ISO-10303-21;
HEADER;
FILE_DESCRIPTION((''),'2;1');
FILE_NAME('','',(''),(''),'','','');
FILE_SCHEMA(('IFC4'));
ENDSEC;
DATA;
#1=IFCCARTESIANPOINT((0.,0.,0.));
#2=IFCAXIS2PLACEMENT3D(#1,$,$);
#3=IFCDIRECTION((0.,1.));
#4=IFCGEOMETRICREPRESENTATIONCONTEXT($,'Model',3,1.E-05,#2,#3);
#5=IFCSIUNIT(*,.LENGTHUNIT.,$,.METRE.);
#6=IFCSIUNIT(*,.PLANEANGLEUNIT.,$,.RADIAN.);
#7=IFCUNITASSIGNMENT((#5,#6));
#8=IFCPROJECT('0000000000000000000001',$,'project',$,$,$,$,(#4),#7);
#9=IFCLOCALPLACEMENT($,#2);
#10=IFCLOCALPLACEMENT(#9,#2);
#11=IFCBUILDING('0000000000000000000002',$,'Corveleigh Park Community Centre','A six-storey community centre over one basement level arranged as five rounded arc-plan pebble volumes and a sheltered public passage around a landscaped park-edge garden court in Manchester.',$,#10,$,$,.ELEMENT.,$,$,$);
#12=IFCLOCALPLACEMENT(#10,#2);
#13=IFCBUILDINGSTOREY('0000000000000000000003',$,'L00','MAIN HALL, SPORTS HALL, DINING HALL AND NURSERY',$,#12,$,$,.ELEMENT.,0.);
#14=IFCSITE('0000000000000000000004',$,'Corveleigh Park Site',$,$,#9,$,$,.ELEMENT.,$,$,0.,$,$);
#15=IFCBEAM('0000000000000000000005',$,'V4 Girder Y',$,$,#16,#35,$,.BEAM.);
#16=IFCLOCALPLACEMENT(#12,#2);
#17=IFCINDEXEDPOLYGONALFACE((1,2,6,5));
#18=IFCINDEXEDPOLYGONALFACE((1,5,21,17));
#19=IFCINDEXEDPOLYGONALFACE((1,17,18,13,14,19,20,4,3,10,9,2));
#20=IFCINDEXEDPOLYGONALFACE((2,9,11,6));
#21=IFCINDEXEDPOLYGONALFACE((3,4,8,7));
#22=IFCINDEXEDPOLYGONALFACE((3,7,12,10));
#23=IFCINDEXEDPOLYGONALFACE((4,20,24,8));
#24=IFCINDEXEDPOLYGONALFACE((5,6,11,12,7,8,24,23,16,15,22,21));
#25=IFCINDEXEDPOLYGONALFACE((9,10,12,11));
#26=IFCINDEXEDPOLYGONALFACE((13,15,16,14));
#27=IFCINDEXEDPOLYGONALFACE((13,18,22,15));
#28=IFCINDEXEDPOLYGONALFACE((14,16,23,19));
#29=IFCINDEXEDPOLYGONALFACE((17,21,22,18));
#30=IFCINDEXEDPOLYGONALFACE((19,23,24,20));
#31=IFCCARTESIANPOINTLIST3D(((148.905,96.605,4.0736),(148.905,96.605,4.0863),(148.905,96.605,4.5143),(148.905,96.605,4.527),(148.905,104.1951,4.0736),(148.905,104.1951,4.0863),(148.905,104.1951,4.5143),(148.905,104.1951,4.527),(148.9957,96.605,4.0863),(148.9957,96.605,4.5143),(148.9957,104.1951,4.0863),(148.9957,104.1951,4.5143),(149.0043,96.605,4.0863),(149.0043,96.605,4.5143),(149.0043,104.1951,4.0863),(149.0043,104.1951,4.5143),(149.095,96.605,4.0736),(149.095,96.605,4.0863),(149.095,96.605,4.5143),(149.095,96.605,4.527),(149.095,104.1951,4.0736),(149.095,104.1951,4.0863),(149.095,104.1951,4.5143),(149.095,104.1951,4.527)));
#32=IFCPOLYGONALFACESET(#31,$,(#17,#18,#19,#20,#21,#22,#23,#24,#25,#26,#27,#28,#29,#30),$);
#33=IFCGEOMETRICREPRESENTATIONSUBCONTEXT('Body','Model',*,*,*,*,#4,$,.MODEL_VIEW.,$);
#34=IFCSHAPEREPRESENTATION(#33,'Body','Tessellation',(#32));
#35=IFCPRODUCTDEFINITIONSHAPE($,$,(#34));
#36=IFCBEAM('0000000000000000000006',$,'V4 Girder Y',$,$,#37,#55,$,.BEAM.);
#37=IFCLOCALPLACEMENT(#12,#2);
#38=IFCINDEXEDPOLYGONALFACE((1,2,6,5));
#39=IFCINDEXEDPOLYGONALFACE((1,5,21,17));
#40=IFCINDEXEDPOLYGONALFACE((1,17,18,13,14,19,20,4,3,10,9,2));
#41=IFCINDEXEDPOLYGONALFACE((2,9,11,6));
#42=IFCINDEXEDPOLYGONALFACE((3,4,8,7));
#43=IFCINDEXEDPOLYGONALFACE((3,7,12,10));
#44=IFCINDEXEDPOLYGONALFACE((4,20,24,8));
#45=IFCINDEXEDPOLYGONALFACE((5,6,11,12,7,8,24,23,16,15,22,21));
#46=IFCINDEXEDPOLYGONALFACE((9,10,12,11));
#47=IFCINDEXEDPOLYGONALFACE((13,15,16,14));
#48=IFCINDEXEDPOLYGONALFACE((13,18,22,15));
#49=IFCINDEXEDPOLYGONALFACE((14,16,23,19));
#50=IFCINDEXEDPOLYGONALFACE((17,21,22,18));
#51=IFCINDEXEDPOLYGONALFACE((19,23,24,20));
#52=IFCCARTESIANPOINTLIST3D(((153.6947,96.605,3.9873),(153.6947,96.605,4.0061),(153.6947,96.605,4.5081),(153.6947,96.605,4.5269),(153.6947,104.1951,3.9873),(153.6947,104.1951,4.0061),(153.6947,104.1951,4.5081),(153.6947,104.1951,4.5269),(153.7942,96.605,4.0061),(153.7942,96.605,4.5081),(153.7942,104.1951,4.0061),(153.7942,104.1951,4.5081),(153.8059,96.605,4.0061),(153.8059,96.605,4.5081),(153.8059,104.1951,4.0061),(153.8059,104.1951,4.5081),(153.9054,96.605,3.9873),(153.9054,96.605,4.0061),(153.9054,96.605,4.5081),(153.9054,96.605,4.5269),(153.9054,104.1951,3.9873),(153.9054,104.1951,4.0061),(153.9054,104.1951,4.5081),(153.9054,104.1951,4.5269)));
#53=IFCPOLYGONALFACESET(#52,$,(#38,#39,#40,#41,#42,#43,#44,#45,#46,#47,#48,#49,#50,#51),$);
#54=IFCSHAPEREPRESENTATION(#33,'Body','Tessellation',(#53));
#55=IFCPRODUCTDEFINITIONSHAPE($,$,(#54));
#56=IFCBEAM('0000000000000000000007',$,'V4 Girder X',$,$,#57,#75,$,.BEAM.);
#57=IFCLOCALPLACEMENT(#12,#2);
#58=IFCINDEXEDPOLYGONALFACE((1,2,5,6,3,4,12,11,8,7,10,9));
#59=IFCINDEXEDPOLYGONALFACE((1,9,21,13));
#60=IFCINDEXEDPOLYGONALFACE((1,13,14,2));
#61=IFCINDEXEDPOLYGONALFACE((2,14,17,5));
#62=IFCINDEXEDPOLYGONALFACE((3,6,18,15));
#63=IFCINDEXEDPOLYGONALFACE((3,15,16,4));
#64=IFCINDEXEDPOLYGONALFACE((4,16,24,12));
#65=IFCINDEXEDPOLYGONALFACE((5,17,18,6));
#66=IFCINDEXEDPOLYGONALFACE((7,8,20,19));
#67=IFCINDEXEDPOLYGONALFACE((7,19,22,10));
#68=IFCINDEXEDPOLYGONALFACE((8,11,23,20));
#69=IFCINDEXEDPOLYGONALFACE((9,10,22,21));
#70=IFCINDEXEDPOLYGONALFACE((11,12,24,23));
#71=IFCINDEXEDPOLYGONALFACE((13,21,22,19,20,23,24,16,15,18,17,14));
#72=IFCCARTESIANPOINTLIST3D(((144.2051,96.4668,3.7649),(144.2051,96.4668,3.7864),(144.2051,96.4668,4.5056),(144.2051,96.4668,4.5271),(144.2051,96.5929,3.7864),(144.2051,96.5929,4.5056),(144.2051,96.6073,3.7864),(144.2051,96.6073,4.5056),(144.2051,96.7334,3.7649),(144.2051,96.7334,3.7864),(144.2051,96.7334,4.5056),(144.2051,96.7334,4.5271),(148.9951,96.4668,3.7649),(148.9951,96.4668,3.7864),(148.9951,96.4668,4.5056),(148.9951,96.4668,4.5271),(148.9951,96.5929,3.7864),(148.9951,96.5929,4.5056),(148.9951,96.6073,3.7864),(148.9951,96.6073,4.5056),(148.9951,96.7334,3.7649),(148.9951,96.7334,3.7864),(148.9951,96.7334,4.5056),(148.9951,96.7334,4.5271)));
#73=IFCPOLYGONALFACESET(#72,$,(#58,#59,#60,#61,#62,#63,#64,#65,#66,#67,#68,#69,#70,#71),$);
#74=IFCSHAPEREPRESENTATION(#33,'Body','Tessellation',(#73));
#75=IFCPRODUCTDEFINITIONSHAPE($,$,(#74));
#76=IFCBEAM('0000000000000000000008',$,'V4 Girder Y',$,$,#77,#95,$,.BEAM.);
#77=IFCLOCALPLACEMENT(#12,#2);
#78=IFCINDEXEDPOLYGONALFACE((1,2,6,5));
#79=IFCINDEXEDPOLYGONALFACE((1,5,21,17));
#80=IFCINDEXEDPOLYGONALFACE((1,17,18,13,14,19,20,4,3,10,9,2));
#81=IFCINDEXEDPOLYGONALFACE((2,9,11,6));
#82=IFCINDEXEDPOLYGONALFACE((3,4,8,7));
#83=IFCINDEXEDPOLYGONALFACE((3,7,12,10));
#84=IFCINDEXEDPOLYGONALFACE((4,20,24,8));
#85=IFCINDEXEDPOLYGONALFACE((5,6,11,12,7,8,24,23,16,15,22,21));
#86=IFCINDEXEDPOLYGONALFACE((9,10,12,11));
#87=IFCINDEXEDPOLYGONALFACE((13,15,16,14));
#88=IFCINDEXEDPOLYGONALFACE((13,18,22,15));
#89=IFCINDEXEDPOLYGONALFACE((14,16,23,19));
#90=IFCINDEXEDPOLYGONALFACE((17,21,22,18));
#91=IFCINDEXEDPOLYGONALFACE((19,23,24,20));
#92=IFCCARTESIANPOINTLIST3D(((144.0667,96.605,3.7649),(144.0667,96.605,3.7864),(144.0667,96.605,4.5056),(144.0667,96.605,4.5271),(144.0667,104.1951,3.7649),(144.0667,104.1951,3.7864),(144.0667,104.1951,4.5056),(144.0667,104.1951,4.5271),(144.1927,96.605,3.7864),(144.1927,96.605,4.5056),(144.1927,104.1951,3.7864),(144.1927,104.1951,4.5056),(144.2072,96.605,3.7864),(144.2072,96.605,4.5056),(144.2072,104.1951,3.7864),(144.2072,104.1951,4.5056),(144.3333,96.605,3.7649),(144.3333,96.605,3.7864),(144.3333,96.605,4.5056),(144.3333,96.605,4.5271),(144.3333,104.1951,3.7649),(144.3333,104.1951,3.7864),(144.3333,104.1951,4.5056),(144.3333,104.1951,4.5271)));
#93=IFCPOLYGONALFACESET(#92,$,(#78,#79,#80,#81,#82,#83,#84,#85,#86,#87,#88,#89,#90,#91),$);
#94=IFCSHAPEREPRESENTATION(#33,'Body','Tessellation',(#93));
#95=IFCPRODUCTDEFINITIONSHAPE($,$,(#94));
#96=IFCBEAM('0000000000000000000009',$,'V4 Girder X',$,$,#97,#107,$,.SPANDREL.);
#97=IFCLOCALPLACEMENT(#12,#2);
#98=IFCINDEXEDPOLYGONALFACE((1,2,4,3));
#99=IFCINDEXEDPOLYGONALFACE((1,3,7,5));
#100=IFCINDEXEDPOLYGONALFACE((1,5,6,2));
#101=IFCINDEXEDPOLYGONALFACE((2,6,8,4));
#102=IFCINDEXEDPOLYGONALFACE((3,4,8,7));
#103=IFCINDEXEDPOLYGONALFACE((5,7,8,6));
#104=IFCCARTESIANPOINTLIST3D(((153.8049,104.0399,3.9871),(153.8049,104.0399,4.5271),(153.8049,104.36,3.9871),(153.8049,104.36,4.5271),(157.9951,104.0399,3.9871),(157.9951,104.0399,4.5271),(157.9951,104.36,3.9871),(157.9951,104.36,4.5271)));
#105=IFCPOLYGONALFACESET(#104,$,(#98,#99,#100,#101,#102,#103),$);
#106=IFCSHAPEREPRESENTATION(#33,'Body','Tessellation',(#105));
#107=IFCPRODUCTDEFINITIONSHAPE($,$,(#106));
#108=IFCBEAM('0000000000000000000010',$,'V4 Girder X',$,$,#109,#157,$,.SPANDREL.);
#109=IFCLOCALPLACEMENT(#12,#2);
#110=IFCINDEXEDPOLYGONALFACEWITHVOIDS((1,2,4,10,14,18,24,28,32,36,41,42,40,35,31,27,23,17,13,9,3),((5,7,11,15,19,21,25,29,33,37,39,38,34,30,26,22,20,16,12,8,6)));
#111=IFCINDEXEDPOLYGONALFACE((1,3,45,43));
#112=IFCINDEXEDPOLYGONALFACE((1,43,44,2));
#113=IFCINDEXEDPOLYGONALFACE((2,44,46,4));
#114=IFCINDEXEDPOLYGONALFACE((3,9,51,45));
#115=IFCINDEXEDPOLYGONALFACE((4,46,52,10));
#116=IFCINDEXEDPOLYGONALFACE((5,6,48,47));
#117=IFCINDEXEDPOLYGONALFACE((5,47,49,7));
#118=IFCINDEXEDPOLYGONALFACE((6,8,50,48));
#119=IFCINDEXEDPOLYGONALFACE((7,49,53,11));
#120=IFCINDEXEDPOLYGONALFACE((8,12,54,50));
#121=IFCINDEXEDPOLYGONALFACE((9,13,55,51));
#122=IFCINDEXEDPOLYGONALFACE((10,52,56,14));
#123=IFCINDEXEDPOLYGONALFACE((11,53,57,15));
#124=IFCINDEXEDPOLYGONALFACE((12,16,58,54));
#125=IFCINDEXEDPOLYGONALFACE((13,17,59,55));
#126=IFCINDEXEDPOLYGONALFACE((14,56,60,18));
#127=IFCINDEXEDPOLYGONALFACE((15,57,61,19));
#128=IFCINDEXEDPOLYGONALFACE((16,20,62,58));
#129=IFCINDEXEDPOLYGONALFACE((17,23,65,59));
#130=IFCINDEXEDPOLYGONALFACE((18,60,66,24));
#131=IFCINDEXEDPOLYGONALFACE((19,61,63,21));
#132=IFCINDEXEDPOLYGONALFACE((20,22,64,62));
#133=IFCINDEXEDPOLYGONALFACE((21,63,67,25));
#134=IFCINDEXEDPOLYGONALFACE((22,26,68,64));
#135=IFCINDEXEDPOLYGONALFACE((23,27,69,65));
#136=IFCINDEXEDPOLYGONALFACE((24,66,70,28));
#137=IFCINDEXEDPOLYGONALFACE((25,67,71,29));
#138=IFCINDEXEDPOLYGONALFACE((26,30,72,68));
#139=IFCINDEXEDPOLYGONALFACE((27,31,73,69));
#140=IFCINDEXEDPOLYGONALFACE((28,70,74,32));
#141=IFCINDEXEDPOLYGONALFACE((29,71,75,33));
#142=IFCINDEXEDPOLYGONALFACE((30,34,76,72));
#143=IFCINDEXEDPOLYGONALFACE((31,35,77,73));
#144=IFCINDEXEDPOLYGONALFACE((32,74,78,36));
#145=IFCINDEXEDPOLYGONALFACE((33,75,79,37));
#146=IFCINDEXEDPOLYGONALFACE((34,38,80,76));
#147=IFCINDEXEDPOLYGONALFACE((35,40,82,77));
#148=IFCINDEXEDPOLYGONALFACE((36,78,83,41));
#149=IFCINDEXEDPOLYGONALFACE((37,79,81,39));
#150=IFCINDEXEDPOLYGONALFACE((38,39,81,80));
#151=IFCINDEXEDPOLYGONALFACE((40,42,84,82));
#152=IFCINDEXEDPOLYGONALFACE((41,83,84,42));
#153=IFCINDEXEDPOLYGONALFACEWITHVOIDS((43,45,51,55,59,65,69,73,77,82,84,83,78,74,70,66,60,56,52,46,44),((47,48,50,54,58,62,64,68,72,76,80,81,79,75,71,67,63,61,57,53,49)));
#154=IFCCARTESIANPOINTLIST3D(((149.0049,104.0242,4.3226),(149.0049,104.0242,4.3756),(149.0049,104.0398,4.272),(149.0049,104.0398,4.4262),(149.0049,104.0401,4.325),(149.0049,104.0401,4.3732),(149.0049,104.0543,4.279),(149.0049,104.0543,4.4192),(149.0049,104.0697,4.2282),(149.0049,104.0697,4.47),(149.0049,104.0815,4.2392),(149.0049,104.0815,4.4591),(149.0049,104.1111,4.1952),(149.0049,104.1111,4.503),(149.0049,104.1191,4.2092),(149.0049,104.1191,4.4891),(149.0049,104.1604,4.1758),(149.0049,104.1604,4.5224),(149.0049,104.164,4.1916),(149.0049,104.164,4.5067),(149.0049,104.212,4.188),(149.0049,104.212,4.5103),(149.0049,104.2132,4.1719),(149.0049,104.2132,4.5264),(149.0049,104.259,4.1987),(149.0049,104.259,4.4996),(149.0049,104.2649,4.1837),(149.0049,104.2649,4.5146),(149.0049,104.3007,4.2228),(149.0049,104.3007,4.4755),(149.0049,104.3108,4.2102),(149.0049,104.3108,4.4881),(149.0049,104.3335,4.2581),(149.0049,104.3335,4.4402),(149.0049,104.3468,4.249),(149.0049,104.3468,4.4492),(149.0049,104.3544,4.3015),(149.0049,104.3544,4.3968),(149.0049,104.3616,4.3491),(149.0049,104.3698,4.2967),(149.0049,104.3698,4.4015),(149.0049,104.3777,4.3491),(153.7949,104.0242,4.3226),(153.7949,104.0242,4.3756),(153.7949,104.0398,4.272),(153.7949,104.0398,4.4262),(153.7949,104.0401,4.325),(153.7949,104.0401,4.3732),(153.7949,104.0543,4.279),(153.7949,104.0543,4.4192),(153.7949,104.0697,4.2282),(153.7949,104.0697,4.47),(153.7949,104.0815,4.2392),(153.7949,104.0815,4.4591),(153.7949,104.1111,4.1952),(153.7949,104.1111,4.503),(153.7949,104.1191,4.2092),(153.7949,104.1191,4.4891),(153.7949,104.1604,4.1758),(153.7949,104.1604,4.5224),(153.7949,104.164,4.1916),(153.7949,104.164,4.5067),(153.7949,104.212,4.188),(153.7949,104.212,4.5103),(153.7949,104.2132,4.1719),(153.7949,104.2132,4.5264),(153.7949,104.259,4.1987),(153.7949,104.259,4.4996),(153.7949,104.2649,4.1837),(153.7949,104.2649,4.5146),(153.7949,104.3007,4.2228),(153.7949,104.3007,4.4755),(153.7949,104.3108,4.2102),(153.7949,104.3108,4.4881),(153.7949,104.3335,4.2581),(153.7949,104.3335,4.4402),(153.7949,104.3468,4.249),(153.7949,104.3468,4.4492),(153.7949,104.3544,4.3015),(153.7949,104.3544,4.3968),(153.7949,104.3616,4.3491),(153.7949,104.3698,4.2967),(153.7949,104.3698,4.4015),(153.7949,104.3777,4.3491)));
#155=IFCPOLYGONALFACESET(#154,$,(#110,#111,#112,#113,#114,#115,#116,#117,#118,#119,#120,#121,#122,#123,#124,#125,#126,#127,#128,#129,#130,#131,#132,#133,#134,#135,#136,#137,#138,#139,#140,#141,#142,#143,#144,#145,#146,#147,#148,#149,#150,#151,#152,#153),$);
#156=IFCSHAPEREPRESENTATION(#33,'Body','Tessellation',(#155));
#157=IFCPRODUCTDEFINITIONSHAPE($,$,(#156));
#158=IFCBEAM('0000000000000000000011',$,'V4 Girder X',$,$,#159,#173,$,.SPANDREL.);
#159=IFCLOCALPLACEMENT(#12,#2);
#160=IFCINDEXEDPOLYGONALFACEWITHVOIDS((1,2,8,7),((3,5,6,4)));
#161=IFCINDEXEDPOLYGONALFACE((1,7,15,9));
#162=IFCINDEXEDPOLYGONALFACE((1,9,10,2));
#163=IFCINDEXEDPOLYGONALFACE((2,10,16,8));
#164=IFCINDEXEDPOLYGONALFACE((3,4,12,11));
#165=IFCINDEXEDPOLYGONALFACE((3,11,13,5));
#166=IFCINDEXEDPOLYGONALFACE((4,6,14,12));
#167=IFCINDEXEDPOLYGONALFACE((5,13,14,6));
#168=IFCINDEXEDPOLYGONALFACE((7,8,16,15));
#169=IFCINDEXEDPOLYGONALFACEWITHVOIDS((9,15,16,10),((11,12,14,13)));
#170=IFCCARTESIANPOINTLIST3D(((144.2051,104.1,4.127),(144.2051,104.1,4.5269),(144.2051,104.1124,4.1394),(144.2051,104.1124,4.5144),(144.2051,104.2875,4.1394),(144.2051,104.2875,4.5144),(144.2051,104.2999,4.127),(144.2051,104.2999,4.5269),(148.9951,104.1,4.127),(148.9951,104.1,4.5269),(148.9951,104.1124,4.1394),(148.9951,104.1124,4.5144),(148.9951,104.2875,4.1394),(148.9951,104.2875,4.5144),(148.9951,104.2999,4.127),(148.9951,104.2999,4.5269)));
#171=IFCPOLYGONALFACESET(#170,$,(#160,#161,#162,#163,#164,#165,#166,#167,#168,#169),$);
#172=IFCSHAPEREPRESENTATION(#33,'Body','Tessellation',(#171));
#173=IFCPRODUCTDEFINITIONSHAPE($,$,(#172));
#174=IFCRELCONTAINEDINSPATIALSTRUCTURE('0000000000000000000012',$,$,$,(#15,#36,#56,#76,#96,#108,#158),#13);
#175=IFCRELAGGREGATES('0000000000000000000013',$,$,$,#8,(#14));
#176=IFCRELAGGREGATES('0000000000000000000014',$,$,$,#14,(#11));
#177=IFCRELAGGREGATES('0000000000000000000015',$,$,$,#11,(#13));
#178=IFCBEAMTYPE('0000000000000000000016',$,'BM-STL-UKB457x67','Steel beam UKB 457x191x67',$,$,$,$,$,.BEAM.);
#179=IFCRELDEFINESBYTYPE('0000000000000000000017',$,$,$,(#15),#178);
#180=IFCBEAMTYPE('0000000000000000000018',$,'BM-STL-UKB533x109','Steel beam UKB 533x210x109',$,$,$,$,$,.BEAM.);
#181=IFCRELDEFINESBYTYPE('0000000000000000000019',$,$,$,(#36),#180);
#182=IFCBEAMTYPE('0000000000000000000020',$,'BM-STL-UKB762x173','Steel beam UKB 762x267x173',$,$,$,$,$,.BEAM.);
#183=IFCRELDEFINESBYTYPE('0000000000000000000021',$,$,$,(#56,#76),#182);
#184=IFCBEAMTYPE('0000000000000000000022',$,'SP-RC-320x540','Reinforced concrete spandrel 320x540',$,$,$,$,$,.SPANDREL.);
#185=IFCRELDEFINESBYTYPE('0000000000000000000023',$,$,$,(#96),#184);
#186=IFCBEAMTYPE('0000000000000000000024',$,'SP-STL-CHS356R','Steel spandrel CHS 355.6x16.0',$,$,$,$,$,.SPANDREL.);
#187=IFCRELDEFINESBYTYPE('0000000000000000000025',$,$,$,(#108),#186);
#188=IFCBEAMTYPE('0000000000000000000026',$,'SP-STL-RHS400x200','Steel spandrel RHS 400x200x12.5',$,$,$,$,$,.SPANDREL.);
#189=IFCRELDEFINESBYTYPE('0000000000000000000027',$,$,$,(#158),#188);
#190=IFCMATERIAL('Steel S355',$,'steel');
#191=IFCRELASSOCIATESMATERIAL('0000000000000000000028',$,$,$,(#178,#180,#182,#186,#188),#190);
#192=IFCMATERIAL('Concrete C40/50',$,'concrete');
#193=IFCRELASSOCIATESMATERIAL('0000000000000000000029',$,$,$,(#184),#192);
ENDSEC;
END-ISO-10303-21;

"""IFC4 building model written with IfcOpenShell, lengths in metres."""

from ifc_helpers import new_model, si_unit, direction, frame, origin, origin_2d, place, context, subcontext, project, spatial, rectangle, hollow_rectangle, hollow_circle, i_section, extrude, material, material_profile, profile_set, type_object, element, save


model = new_model("IFC4")

# Units and contexts
model_context = context("Model", 3, precision=1e-05, world=origin(), true_north=direction((0.0, 1.0)))
body_context = subcontext(model_context, "Body", "Model", "MODEL_VIEW")
ifc_project = project(units=[si_unit("LENGTHUNIT", "METRE"), si_unit("PLANEANGLEUNIT", "RADIAN")], contexts=[model_context])

# Site, building, storey
site_placement = place(None, origin())
site = spatial("IfcSite", under=ifc_project, at=site_placement, Name="Corveleigh Park Site", CompositionType="ELEMENT", RefElevation=0.0)
building_placement = place(site_placement, origin())
building = spatial("IfcBuilding", under=site, at=building_placement, Name="Corveleigh Park Community Centre", Description="A six-storey community centre over one basement level arranged as five rounded arc-plan pebble volumes and a sheltered public passage around a landscaped park-edge garden court in Manchester.", CompositionType="ELEMENT")
storey_placement = place(building_placement, origin())
storey = spatial("IfcBuildingStorey", under=building, at=storey_placement, Name="L00", Description="MAIN HALL, SPORTS HALL, DINING HALL AND NURSERY", CompositionType="ELEMENT", Elevation=0.0)

# Shared definitions
ifc_material_1 = material(Name="Concrete C40/50", Category="concrete")
ifc_material_2 = material(Name="Steel S355", Category="steel")

# Beams
ifc_material_profile_1 = material_profile(ifc_material_2, i_section(OverallWidth=0.1899, OverallDepth=0.4534, WebThickness=0.0085, FlangeThickness=0.0127, at=origin_2d()), Name="UKB 457x191x67", Category="steel")
ifc_profile_set_1 = profile_set([ifc_material_profile_1], Name="Steel S355")
beam_type_1 = type_object("IfcBeamType", Name="BM-STL-UKB457x67", Description="Steel beam UKB 457x191x67", PredefinedType="BEAM", material=ifc_profile_set_1)
beam_1_placement = place(storey_placement, frame((149.0, 96.605, 4.3003), z_axis=(0.0, 1.0, 0.0), x_axis=(-1.0, 0.0, 0.0)))
element("IfcBeam", 1, at=beam_1_placement, inside=storey, type_object=beam_type_1, Name="V4 Girder Y", PredefinedType="BEAM", context=body_context, shape_type="SweptSolid", body=[
    extrude(i_section(OverallWidth=0.1899, OverallDepth=0.4534, WebThickness=0.0085, FlangeThickness=0.0127, at=origin_2d()), origin(), (0.0, 0.0, 1.0), 7.5901),
])
ifc_material_profile_2 = material_profile(ifc_material_2, i_section(OverallWidth=0.2107, OverallDepth=0.5396, WebThickness=0.0117, FlangeThickness=0.0188, at=origin_2d()), Name="UKB 533x210x109", Category="steel")
ifc_profile_set_2 = profile_set([ifc_material_profile_2], Name="Steel S355")
beam_type_2 = type_object("IfcBeamType", Name="BM-STL-UKB533x109", Description="Steel beam UKB 533x210x109", PredefinedType="BEAM", material=ifc_profile_set_2)
beam_2_placement = place(storey_placement, frame((153.8, 96.605, 4.2571), z_axis=(0.0, 1.0, 0.0), x_axis=(-1.0, 0.0, 0.0)))
element("IfcBeam", 2, at=beam_2_placement, inside=storey, type_object=beam_type_2, Name="V4 Girder Y", PredefinedType="BEAM", context=body_context, shape_type="SweptSolid", body=[
    extrude(i_section(OverallWidth=0.2107, OverallDepth=0.5396, WebThickness=0.0117, FlangeThickness=0.0188, at=origin_2d()), origin(), (0.0, 0.0, 1.0), 7.5901),
])
ifc_material_profile_3 = material_profile(ifc_material_2, i_section(OverallWidth=0.2666, OverallDepth=0.7622, WebThickness=0.0144, FlangeThickness=0.0215, at=origin_2d()), Name="UKB 762x267x173", Category="steel")
ifc_profile_set_3 = profile_set([ifc_material_profile_3], Name="Steel S355")
beam_type_3 = type_object("IfcBeamType", Name="BM-STL-UKB762x173", Description="Steel beam UKB 762x267x173", PredefinedType="BEAM", material=ifc_profile_set_3)
beam_3_placement = place(storey_placement, frame((144.2051, 96.6001, 4.146), z_axis=(1.0, 0.0, 0.0), x_axis=(0.0, 1.0, 0.0)))
element("IfcBeam", 3, at=beam_3_placement, inside=storey, type_object=beam_type_3, Name="V4 Girder X", PredefinedType="BEAM", context=body_context, shape_type="SweptSolid", body=[
    extrude(i_section(OverallWidth=0.2666, OverallDepth=0.7622, WebThickness=0.0144, FlangeThickness=0.0215, at=origin_2d()), origin(), (0.0, 0.0, 1.0), 4.79),
])
beam_4_placement = place(storey_placement, frame((144.2, 96.605, 4.146), z_axis=(0.0, 1.0, 0.0), x_axis=(-1.0, 0.0, 0.0)))
element("IfcBeam", 4, at=beam_4_placement, inside=storey, type_object=beam_type_3, Name="V4 Girder Y", PredefinedType="BEAM", context=body_context, shape_type="SweptSolid", body=[
    extrude(i_section(OverallWidth=0.2666, OverallDepth=0.7622, WebThickness=0.0144, FlangeThickness=0.0215, at=origin_2d()), origin(), (0.0, 0.0, 1.0), 7.5901),
])
ifc_material_profile_4 = material_profile(ifc_material_1, rectangle(XDim=0.3201, YDim=0.54, at=origin_2d()), Name="RC-320x540", Category="concrete")
ifc_profile_set_4 = profile_set([ifc_material_profile_4], Name="Concrete C40/50")
beam_type_4 = type_object("IfcBeamType", Name="SP-RC-320x540", Description="Reinforced concrete spandrel 320x540", PredefinedType="SPANDREL", material=ifc_profile_set_4)
beam_5_placement = place(storey_placement, frame((153.8049, 104.2, 4.2571), z_axis=(1.0, 0.0, 0.0), x_axis=(0.0, 1.0, 0.0)))
element("IfcBeam", 5, at=beam_5_placement, inside=storey, type_object=beam_type_4, Name="V4 Girder X", PredefinedType="SPANDREL", context=body_context, shape_type="SweptSolid", body=[
    extrude(rectangle(XDim=0.3201, YDim=0.54, at=origin_2d()), origin(), (0.0, 0.0, 1.0), 4.1902),
])
ifc_material_profile_5 = material_profile(ifc_material_2, hollow_circle(Radius=0.1777, WallThickness=0.0161, at=origin_2d()), Name="CHS 355.6x16.0", Category="steel")
ifc_profile_set_5 = profile_set([ifc_material_profile_5], Name="Steel S355")
beam_type_5 = type_object("IfcBeamType", Name="SP-STL-CHS356R", Description="Steel spandrel CHS 355.6x16.0", PredefinedType="SPANDREL", material=ifc_profile_set_5)
beam_6_placement = place(storey_placement, frame((149.0049, 104.2, 4.3491), z_axis=(1.0, 0.0, 0.0), x_axis=(0.0, 1.0, 0.0)))
element("IfcBeam", 6, at=beam_6_placement, inside=storey, type_object=beam_type_5, Name="V4 Girder X", PredefinedType="SPANDREL", context=body_context, shape_type="SweptSolid", body=[
    extrude(hollow_circle(Radius=0.1777, WallThickness=0.0161, at=origin_2d()), origin(), (0.0, 0.0, 1.0), 4.79),
])
ifc_material_profile_6 = material_profile(ifc_material_2, hollow_rectangle(XDim=0.2, YDim=0.3999, WallThickness=0.0125, at=origin_2d()), Name="RHS 400x200x12.5", Category="steel")
ifc_profile_set_6 = profile_set([ifc_material_profile_6], Name="Steel S355")
beam_type_6 = type_object("IfcBeamType", Name="SP-STL-RHS400x200", Description="Steel spandrel RHS 400x200x12.5", PredefinedType="SPANDREL", material=ifc_profile_set_6)
beam_7_placement = place(storey_placement, frame((144.2051, 104.2, 4.3269), z_axis=(1.0, 0.0, 0.0), x_axis=(0.0, 1.0, 0.0)))
element("IfcBeam", 7, at=beam_7_placement, inside=storey, type_object=beam_type_6, Name="V4 Girder X", PredefinedType="SPANDREL", context=body_context, shape_type="SweptSolid", body=[
    extrude(hollow_rectangle(XDim=0.2, YDim=0.3999, WallThickness=0.0125, at=origin_2d()), origin(), (0.0, 0.0, 1.0), 4.79),
])

save(model, "model.ifc")
